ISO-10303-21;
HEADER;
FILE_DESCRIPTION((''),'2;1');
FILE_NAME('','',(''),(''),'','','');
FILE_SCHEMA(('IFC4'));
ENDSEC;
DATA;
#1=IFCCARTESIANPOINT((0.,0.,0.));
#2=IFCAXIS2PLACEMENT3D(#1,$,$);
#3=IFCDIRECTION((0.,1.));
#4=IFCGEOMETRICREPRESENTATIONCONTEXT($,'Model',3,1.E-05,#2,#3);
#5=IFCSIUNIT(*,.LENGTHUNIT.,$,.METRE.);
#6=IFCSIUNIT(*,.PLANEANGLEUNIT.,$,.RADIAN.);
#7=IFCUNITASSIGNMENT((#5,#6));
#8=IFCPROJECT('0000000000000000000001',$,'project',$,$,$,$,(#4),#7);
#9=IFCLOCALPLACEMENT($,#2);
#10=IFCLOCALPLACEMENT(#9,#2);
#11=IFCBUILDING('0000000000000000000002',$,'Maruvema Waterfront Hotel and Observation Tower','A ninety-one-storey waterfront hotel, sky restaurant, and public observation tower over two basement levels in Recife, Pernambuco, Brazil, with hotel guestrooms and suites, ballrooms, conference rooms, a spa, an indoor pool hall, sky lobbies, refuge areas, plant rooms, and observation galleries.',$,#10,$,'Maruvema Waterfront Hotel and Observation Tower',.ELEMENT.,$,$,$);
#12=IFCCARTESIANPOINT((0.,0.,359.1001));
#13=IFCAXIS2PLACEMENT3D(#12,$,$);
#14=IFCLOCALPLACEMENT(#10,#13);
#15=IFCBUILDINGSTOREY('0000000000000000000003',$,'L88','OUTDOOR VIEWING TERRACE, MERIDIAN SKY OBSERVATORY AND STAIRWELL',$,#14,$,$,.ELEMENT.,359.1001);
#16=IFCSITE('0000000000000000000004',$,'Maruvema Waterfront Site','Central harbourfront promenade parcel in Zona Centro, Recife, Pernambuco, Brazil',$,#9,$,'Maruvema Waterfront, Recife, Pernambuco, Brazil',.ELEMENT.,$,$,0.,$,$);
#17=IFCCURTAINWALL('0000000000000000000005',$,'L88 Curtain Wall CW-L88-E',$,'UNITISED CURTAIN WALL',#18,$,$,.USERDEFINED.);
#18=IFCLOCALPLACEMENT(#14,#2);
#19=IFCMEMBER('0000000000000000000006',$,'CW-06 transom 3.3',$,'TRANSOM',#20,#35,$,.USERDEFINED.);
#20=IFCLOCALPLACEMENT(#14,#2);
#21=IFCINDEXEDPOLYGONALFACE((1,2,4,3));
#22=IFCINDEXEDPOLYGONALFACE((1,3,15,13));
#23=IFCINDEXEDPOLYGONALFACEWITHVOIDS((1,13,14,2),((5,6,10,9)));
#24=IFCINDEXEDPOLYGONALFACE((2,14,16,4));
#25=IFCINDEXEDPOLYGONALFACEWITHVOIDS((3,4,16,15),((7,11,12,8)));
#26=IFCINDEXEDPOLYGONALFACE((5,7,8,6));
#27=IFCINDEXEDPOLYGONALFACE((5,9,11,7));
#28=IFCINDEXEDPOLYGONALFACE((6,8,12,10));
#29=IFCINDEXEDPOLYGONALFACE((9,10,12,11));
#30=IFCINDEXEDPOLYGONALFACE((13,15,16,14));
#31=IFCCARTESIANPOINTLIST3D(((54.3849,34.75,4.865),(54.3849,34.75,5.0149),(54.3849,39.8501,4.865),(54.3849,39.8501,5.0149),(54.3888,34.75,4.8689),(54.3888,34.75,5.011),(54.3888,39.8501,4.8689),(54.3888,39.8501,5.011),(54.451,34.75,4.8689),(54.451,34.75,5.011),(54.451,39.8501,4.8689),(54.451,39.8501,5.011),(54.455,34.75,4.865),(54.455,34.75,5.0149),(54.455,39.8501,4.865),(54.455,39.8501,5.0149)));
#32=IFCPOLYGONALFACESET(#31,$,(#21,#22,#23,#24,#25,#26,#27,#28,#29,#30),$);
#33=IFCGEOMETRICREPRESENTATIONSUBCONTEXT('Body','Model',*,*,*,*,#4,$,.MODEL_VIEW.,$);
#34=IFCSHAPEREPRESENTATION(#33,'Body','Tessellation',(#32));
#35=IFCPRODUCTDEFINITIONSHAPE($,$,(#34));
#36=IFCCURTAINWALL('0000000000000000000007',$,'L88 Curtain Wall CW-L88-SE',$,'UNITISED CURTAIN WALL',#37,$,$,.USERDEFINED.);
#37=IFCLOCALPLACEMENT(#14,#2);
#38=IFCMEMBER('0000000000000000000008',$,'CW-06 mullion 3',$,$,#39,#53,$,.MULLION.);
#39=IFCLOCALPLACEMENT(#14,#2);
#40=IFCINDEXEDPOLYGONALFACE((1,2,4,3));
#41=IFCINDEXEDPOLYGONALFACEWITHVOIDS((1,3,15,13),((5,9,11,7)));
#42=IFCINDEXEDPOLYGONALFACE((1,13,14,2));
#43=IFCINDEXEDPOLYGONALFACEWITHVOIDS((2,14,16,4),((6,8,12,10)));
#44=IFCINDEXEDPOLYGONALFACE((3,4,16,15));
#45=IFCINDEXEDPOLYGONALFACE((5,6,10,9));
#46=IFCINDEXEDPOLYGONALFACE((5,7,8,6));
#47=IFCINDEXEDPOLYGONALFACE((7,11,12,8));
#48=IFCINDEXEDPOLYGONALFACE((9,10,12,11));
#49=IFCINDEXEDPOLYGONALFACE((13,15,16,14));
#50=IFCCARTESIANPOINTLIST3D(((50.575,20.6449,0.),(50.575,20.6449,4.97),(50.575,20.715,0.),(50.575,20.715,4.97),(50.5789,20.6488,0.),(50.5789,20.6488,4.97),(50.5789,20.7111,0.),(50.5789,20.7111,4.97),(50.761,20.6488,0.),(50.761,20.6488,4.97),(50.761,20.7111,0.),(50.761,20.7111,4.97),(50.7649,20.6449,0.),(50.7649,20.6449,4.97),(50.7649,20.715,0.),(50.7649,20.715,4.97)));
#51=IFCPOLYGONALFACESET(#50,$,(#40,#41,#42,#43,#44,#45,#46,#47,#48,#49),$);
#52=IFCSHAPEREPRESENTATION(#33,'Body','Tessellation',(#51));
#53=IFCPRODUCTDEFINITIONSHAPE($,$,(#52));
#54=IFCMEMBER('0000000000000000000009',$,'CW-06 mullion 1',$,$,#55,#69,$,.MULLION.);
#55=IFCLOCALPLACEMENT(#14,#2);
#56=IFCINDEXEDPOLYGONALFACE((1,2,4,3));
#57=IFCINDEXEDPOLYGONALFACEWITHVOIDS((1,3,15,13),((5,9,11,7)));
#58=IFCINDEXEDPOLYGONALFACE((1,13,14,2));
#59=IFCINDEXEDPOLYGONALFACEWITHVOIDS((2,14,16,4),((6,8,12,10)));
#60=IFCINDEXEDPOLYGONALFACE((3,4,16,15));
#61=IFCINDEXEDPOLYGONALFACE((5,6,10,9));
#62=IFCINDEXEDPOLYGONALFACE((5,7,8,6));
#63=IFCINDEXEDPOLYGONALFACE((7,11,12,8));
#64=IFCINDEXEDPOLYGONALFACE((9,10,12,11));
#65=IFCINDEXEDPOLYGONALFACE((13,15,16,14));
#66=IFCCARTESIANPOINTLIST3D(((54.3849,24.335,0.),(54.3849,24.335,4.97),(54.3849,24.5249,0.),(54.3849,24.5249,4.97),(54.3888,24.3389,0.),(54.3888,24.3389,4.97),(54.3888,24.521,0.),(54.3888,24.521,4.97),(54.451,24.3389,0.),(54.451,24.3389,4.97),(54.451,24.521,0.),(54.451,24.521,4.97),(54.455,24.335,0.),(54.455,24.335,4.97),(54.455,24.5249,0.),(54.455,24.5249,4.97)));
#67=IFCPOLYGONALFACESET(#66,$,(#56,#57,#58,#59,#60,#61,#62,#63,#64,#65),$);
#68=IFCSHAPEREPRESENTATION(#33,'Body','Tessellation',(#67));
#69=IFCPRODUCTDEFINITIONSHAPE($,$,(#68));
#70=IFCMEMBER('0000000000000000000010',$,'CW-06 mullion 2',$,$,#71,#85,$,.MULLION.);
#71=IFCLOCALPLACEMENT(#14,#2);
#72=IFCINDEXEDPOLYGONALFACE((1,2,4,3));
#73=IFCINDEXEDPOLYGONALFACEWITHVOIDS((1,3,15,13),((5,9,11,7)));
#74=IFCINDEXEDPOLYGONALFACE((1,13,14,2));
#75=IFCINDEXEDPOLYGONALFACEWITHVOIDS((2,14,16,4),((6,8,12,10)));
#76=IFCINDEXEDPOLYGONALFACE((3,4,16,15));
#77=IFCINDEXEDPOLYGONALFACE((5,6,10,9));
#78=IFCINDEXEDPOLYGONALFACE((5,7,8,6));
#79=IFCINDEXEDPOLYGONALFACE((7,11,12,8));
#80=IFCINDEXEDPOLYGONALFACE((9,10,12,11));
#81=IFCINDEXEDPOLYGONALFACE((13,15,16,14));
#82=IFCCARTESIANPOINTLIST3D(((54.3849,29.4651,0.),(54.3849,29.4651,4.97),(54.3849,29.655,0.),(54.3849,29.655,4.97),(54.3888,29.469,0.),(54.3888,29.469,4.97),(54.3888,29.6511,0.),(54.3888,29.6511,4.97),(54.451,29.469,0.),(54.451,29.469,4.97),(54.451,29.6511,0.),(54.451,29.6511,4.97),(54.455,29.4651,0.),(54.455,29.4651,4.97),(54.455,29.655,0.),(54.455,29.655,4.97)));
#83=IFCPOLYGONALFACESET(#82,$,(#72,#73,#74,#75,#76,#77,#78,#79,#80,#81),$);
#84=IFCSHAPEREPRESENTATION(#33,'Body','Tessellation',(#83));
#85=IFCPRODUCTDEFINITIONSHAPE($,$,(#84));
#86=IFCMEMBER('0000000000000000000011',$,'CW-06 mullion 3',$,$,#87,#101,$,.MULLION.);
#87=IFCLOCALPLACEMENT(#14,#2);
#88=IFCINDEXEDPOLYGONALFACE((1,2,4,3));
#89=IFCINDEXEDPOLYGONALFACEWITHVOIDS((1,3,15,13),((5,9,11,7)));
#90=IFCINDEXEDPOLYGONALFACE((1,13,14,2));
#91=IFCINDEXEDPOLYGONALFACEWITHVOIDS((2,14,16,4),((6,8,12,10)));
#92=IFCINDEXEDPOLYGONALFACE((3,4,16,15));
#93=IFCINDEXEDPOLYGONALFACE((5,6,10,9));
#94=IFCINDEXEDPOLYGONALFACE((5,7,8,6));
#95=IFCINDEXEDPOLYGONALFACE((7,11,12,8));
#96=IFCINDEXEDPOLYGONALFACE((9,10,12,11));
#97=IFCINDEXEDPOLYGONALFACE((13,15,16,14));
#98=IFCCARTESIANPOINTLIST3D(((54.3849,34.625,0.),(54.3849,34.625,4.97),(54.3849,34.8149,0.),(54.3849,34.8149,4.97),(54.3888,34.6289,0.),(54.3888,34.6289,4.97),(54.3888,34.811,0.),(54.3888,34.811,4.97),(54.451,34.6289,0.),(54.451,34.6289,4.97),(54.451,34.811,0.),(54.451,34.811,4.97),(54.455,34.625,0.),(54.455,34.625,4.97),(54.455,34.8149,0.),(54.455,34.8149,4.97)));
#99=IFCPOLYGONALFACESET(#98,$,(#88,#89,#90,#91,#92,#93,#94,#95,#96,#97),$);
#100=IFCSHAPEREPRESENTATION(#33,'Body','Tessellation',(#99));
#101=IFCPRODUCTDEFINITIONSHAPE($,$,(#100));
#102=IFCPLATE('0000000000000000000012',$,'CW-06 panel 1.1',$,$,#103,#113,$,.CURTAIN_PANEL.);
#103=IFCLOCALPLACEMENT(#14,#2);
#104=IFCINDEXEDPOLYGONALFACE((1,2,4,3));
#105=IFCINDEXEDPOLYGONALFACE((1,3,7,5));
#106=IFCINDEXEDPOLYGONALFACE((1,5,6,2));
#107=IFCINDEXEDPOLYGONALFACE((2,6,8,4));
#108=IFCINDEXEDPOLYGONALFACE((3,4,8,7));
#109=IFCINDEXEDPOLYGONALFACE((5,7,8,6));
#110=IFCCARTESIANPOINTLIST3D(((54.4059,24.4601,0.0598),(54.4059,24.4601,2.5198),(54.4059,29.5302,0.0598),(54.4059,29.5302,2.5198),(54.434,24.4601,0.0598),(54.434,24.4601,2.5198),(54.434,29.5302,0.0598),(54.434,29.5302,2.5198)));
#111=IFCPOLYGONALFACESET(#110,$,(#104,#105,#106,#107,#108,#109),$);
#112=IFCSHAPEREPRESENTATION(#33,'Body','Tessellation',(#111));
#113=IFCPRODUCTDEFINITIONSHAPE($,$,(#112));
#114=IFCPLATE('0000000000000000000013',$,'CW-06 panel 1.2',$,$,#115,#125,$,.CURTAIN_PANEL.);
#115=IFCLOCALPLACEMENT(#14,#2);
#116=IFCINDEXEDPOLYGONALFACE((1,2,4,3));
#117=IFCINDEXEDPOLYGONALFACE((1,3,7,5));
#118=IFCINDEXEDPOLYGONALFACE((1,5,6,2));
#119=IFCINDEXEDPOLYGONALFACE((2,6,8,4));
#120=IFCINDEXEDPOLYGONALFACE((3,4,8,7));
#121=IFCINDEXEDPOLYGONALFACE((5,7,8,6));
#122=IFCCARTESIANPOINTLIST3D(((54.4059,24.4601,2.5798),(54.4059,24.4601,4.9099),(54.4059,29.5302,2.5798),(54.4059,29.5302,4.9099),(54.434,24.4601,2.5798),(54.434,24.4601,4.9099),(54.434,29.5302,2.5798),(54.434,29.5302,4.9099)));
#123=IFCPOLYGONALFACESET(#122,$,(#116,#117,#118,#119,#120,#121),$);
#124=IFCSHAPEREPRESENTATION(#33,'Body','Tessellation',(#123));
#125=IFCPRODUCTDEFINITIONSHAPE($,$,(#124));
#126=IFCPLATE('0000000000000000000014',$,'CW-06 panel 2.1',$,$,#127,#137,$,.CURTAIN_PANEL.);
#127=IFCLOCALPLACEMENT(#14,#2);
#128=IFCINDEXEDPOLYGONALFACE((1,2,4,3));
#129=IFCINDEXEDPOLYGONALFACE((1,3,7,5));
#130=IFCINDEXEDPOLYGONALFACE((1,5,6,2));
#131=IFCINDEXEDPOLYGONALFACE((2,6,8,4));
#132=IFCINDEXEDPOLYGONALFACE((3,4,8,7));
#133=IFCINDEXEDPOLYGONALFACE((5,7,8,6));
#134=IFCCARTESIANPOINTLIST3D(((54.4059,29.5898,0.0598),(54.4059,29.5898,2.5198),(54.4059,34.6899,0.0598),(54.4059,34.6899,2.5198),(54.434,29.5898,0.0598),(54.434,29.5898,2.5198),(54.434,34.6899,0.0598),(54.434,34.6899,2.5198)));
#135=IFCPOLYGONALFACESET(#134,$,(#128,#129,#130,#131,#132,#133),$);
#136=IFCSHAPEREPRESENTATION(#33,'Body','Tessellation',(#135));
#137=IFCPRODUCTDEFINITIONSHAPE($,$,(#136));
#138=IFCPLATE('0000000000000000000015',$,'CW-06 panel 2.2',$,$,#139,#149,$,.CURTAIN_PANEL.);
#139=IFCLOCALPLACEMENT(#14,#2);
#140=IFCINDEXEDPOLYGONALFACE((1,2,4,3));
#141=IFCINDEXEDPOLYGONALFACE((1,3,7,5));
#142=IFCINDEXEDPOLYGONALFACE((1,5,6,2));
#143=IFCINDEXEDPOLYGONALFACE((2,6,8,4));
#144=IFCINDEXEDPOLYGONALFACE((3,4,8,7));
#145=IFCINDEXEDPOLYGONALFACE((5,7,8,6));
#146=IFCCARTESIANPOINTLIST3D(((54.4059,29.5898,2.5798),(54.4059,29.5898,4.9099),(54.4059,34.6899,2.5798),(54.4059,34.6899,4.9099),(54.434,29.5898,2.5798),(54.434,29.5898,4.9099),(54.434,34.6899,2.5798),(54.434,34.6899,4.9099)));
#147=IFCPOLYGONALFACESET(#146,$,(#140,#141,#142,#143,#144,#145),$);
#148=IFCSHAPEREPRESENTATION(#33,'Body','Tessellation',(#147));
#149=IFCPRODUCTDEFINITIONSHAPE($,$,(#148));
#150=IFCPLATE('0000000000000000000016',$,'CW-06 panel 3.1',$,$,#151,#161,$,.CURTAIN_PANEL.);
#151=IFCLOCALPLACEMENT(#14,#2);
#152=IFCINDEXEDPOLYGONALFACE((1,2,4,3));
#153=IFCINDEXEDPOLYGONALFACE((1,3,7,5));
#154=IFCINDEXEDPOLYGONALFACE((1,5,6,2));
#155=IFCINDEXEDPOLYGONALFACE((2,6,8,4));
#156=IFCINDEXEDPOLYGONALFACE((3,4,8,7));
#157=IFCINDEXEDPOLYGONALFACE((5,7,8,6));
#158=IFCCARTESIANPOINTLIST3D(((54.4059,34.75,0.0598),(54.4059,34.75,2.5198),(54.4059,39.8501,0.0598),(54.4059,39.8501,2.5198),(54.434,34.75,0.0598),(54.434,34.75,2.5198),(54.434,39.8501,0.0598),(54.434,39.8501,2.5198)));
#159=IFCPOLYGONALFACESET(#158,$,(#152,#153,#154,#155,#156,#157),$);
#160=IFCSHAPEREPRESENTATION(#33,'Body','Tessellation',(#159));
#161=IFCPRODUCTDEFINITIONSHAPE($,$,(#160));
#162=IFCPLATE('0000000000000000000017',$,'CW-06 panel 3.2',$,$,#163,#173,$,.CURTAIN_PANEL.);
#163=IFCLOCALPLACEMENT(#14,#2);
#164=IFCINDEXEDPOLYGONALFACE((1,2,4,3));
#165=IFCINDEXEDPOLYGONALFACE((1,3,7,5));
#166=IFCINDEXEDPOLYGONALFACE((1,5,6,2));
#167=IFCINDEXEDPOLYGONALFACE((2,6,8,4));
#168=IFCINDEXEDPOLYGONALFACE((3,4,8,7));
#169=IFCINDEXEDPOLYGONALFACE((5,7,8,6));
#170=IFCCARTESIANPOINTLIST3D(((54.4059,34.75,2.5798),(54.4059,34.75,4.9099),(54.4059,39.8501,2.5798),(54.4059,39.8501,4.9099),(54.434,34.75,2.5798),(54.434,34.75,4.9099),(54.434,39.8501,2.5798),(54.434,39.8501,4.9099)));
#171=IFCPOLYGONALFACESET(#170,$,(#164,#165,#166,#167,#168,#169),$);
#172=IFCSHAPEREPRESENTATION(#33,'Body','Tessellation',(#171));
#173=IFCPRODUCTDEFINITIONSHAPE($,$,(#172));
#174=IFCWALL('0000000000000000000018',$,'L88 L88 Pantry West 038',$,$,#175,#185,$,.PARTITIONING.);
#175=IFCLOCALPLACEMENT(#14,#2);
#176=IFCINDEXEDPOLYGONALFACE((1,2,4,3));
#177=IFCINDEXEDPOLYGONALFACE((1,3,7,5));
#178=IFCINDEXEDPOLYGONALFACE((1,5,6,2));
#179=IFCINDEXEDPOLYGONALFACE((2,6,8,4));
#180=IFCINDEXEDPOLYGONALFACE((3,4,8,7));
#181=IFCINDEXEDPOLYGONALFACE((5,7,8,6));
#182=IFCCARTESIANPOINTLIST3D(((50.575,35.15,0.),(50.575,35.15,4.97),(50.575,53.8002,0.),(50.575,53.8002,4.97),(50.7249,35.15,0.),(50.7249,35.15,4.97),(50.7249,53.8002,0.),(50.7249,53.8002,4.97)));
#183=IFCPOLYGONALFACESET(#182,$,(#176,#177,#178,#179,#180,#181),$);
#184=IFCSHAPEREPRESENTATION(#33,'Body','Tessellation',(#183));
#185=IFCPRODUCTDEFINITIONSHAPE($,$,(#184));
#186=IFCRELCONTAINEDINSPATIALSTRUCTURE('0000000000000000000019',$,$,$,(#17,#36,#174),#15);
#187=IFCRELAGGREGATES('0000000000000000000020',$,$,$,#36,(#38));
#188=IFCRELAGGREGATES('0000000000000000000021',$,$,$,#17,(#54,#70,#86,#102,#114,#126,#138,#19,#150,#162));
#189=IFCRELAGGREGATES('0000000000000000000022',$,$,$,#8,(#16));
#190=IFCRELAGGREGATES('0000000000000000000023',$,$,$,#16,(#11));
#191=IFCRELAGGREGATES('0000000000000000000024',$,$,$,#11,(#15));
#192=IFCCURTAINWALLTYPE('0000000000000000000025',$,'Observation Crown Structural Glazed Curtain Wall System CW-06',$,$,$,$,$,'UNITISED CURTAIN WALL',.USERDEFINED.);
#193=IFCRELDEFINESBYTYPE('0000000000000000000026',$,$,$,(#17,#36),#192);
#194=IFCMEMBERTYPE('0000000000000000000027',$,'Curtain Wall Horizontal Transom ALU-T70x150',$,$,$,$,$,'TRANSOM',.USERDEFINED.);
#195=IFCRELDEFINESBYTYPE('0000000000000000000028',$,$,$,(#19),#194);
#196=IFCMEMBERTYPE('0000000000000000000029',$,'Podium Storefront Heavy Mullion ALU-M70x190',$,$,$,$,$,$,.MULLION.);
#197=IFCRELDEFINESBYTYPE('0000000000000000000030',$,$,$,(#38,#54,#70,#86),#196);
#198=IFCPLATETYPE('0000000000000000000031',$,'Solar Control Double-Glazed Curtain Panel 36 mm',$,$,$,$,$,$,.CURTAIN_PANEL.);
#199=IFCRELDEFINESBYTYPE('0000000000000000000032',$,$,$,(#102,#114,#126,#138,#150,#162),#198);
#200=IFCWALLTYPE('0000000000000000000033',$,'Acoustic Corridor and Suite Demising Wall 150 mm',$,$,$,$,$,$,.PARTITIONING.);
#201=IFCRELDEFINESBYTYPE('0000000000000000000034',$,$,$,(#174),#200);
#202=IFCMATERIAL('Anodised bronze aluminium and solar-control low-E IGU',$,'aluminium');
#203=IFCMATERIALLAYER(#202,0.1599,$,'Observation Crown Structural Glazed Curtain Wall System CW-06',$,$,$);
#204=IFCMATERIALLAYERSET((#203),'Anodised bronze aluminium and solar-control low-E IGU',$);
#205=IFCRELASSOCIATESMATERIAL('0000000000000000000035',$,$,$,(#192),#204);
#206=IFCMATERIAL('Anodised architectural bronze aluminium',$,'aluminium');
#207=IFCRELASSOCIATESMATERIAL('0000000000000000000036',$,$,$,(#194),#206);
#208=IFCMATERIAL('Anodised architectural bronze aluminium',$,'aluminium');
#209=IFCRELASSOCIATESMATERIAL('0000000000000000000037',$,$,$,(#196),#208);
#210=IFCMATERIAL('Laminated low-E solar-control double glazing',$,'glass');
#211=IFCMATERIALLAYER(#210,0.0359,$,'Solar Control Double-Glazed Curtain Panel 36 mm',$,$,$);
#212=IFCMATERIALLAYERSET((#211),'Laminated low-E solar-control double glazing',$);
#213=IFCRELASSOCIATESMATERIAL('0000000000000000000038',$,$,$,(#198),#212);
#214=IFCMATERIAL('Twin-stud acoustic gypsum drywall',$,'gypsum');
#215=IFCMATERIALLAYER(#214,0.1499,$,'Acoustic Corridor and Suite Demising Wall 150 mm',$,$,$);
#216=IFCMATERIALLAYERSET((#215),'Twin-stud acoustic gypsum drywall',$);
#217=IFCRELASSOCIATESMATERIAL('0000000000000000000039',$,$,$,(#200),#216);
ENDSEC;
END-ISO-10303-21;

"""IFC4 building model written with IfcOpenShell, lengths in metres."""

from ifc_helpers import new_model, si_unit, direction, frame, frame_2d, origin, origin_2d, place, context, subcontext, project, spatial, rectangle, hollow_rectangle, extrude, material, layer, layer_set, material_profile, profile_set, type_object, element, aggregate, save


model = new_model("IFC4")

# Units and contexts
model_context = context("Model", 3, precision=1e-05, world=origin(), true_north=direction((0.0, 1.0)))
body_context = subcontext(model_context, "Body", "Model", "MODEL_VIEW")
ifc_project = project(units=[si_unit("LENGTHUNIT", "METRE"), si_unit("PLANEANGLEUNIT", "RADIAN")], contexts=[model_context])

# Site, building, storey
site_placement = place(None, origin())
site = spatial("IfcSite", under=ifc_project, at=site_placement, Name="Maruvema Waterfront Site", Description="Central harbourfront promenade parcel in Zona Centro, Recife, Pernambuco, Brazil", LongName="Maruvema Waterfront, Recife, Pernambuco, Brazil", CompositionType="ELEMENT", RefElevation=0.0)
building_placement = place(site_placement, origin())
building = spatial("IfcBuilding", under=site, at=building_placement, Name="Maruvema Waterfront Hotel and Observation Tower", Description="A ninety-one-storey waterfront hotel, sky restaurant, and public observation tower over two basement levels in Recife, Pernambuco, Brazil, with hotel guestrooms and suites, ballrooms, conference rooms, a spa, an indoor pool hall, sky lobbies, refuge areas, plant rooms, and observation galleries.", LongName="Maruvema Waterfront Hotel and Observation Tower", CompositionType="ELEMENT")
storey_placement = place(building_placement, frame((0.0, 0.0, 359.1001)))
storey = spatial("IfcBuildingStorey", under=building, at=storey_placement, Name="L88", Description="OUTDOOR VIEWING TERRACE, MERIDIAN SKY OBSERVATORY AND STAIRWELL", CompositionType="ELEMENT", Elevation=359.1001)

# Curtain wall, member
ifc_material_1 = material(Name="Anodised bronze aluminium and solar-control low-E IGU", Category="aluminium")
ifc_layer_1 = layer(ifc_material_1, 0.1599, Name="Observation Crown Structural Glazed Curtain Wall System CW-06")
ifc_layer_set_1 = layer_set([ifc_layer_1], Name="Anodised bronze aluminium and solar-control low-E IGU")
curtain_wall_type = type_object("IfcCurtainWallType", Name="Observation Crown Structural Glazed Curtain Wall System CW-06", ElementType="UNITISED CURTAIN WALL", PredefinedType="USERDEFINED", material=ifc_layer_set_1)
curtain_wall_1_placement = place(storey_placement, origin())
curtain_wall_1 = element("IfcCurtainWall", 1, at=curtain_wall_1_placement, inside=storey, type_object=curtain_wall_type, Name="L88 Curtain Wall CW-L88-E", ObjectType="UNITISED CURTAIN WALL", PredefinedType="USERDEFINED")
ifc_material_2 = material(Name="Anodised architectural bronze aluminium", Category="aluminium")
ifc_material_profile_1 = material_profile(ifc_material_2, hollow_rectangle(XDim=0.0701, YDim=0.1499, WallThickness=0.0039, at=origin_2d()), Name="ALU-T70x150")
ifc_profile_set_1 = profile_set([ifc_material_profile_1], Name="Anodised architectural bronze aluminium")
member_type_1 = type_object("IfcMemberType", Name="Curtain Wall Horizontal Transom ALU-T70x150", ElementType="TRANSOM", PredefinedType="USERDEFINED", material=ifc_profile_set_1)
member_1_placement = place(storey_placement, frame((54.4199, 34.75, 4.9399), z_axis=(0.0, 1.0, 0.0), x_axis=(-1.0, 0.0, 0.0)))
member_1 = element("IfcMember", 2, at=member_1_placement, type_object=member_type_1, Name="CW-06 transom 3.3", ObjectType="TRANSOM", PredefinedType="USERDEFINED", context=body_context, shape_type="SweptSolid", body=[
    extrude(hollow_rectangle(XDim=0.0701, YDim=0.1499, WallThickness=0.0039, at=origin_2d()), origin(), (0.0, 0.0, 1.0), 5.1001),
])

# Curtain wall, member
curtain_wall_2_placement = place(storey_placement, origin())
curtain_wall_2 = element("IfcCurtainWall", 3, at=curtain_wall_2_placement, inside=storey, type_object=curtain_wall_type, Name="L88 Curtain Wall CW-L88-SE", ObjectType="UNITISED CURTAIN WALL", PredefinedType="USERDEFINED")
ifc_material_3 = material(Name="Anodised architectural bronze aluminium", Category="aluminium")
ifc_material_profile_2 = material_profile(ifc_material_3, hollow_rectangle(XDim=0.0701, YDim=0.1899, WallThickness=0.0039, at=origin_2d()), Name="ALU-M70x190")
ifc_profile_set_2 = profile_set([ifc_material_profile_2], Name="Anodised architectural bronze aluminium")
member_type_2 = type_object("IfcMemberType", Name="Podium Storefront Heavy Mullion ALU-M70x190", PredefinedType="MULLION", material=ifc_profile_set_2)
member_2_placement = place(storey_placement, frame((50.6699, 20.6799, 0.0), z_axis=(0.0, 0.0, 1.0), x_axis=(0.0, 1.0, 0.0)))
member_2 = element("IfcMember", 4, at=member_2_placement, type_object=member_type_2, Name="CW-06 mullion 3", PredefinedType="MULLION", context=body_context, shape_type="SweptSolid", body=[
    extrude(hollow_rectangle(XDim=0.0701, YDim=0.1899, WallThickness=0.0039, at=origin_2d()), origin(), (0.0, 0.0, 1.0), 4.97),
])
aggregate(curtain_wall_2, [member_2])

# Members
member_3_placement = place(storey_placement, frame((54.4199, 24.4299, 0.0), z_axis=(0.0, 0.0, 1.0), x_axis=(-1.0, 0.0, 0.0)))
member_3 = element("IfcMember", 5, at=member_3_placement, type_object=member_type_2, Name="CW-06 mullion 1", PredefinedType="MULLION", context=body_context, shape_type="SweptSolid", body=[
    extrude(hollow_rectangle(XDim=0.0701, YDim=0.1899, WallThickness=0.0039, at=origin_2d()), origin(), (0.0, 0.0, 1.0), 4.97),
])
member_4_placement = place(storey_placement, frame((54.4199, 29.5601, 0.0), z_axis=(0.0, 0.0, 1.0), x_axis=(-1.0, 0.0, 0.0)))
member_4 = element("IfcMember", 6, at=member_4_placement, type_object=member_type_2, Name="CW-06 mullion 2", PredefinedType="MULLION", context=body_context, shape_type="SweptSolid", body=[
    extrude(hollow_rectangle(XDim=0.0701, YDim=0.1899, WallThickness=0.0039, at=origin_2d()), origin(), (0.0, 0.0, 1.0), 4.97),
])
member_5_placement = place(storey_placement, frame((54.4199, 34.72, 0.0), z_axis=(0.0, 0.0, 1.0), x_axis=(-1.0, 0.0, 0.0)))
member_5 = element("IfcMember", 7, at=member_5_placement, type_object=member_type_2, Name="CW-06 mullion 3", PredefinedType="MULLION", context=body_context, shape_type="SweptSolid", body=[
    extrude(hollow_rectangle(XDim=0.0701, YDim=0.1899, WallThickness=0.0039, at=origin_2d()), origin(), (0.0, 0.0, 1.0), 4.97),
])

# Plates
ifc_material_4 = material(Name="Laminated low-E solar-control double glazing", Category="glass")
ifc_layer_2 = layer(ifc_material_4, 0.0359, Name="Solar Control Double-Glazed Curtain Panel 36 mm")
ifc_layer_set_2 = layer_set([ifc_layer_2], Name="Laminated low-E solar-control double glazing")
plate_type = type_object("IfcPlateType", Name="Solar Control Double-Glazed Curtain Panel 36 mm", PredefinedType="CURTAIN_PANEL", material=ifc_layer_set_2)
plate_1_placement = place(storey_placement, frame((54.4199, 26.9951, 0.0598), z_axis=(0.0, 0.0, 1.0), x_axis=(0.0, 1.0, 0.0)))
plate_1 = element("IfcPlate", 8, at=plate_1_placement, type_object=plate_type, Name="CW-06 panel 1.1", PredefinedType="CURTAIN_PANEL", context=body_context, shape_type="SweptSolid", body=[
    extrude(rectangle(XDim=5.0701, YDim=0.0281, at=origin_2d()), origin(), (0.0, 0.0, 1.0), 2.46),
])
plate_2_placement = place(storey_placement, frame((54.4199, 26.9951, 2.5798), z_axis=(0.0, 0.0, 1.0), x_axis=(0.0, 1.0, 0.0)))
plate_2 = element("IfcPlate", 9, at=plate_2_placement, type_object=plate_type, Name="CW-06 panel 1.2", PredefinedType="CURTAIN_PANEL", context=body_context, shape_type="SweptSolid", body=[
    extrude(rectangle(XDim=5.0701, YDim=0.0281, at=origin_2d()), origin(), (0.0, 0.0, 1.0), 2.3301),
])
plate_3_placement = place(storey_placement, frame((54.4199, 32.1399, 0.0598), z_axis=(0.0, 0.0, 1.0), x_axis=(0.0, 1.0, 0.0)))
plate_3 = element("IfcPlate", 10, at=plate_3_placement, type_object=plate_type, Name="CW-06 panel 2.1", PredefinedType="CURTAIN_PANEL", context=body_context, shape_type="SweptSolid", body=[
    extrude(rectangle(XDim=5.1001, YDim=0.0281, at=origin_2d()), origin(), (0.0, 0.0, 1.0), 2.46),
])
plate_4_placement = place(storey_placement, frame((54.4199, 32.1399, 2.5798), z_axis=(0.0, 0.0, 1.0), x_axis=(0.0, 1.0, 0.0)))
plate_4 = element("IfcPlate", 11, at=plate_4_placement, type_object=plate_type, Name="CW-06 panel 2.2", PredefinedType="CURTAIN_PANEL", context=body_context, shape_type="SweptSolid", body=[
    extrude(rectangle(XDim=5.1001, YDim=0.0281, at=origin_2d()), origin(), (0.0, 0.0, 1.0), 2.3301),
])
plate_5_placement = place(storey_placement, frame((54.4199, 37.3, 0.0598), z_axis=(0.0, 0.0, 1.0), x_axis=(0.0, 1.0, 0.0)))
plate_5 = element("IfcPlate", 12, at=plate_5_placement, type_object=plate_type, Name="CW-06 panel 3.1", PredefinedType="CURTAIN_PANEL", context=body_context, shape_type="SweptSolid", body=[
    extrude(rectangle(XDim=5.1001, YDim=0.0281, at=origin_2d()), origin(), (0.0, 0.0, 1.0), 2.46),
])
plate_6_placement = place(storey_placement, frame((54.4199, 37.3, 2.5798), z_axis=(0.0, 0.0, 1.0), x_axis=(0.0, 1.0, 0.0)))
plate_6 = element("IfcPlate", 13, at=plate_6_placement, type_object=plate_type, Name="CW-06 panel 3.2", PredefinedType="CURTAIN_PANEL", context=body_context, shape_type="SweptSolid", body=[
    extrude(rectangle(XDim=5.1001, YDim=0.0281, at=origin_2d()), origin(), (0.0, 0.0, 1.0), 2.3301),
])
aggregate(curtain_wall_1, [member_3, member_4, member_5, plate_1, plate_2, plate_3, plate_4, member_1, plate_5, plate_6])

# Wall
ifc_material_5 = material(Name="Twin-stud acoustic gypsum drywall", Category="gypsum")
ifc_layer_3 = layer(ifc_material_5, 0.1499, Name="Acoustic Corridor and Suite Demising Wall 150 mm")
ifc_layer_set_3 = layer_set([ifc_layer_3], Name="Twin-stud acoustic gypsum drywall")
wall_type_1 = type_object("IfcWallType", Name="Acoustic Corridor and Suite Demising Wall 150 mm", PredefinedType="PARTITIONING", material=ifc_layer_set_3)
wall_1_placement = place(storey_placement, frame((50.6499, 35.1499, 0.0), z_axis=(0.0, 0.0, 1.0), x_axis=(0.0, 1.0, 0.0)))
element("IfcWall", 14, at=wall_1_placement, inside=storey, type_object=wall_type_1, Name="L88 L88 Pantry West 038", PredefinedType="PARTITIONING", context=body_context, shape_type="SweptSolid", body=[
    extrude(rectangle(XDim=18.6501, YDim=0.1499, at=frame_2d((9.3252, 0.0))), origin(), (0.0, 0.0, 1.0), 4.97),
])

save(model, "model.ifc")
